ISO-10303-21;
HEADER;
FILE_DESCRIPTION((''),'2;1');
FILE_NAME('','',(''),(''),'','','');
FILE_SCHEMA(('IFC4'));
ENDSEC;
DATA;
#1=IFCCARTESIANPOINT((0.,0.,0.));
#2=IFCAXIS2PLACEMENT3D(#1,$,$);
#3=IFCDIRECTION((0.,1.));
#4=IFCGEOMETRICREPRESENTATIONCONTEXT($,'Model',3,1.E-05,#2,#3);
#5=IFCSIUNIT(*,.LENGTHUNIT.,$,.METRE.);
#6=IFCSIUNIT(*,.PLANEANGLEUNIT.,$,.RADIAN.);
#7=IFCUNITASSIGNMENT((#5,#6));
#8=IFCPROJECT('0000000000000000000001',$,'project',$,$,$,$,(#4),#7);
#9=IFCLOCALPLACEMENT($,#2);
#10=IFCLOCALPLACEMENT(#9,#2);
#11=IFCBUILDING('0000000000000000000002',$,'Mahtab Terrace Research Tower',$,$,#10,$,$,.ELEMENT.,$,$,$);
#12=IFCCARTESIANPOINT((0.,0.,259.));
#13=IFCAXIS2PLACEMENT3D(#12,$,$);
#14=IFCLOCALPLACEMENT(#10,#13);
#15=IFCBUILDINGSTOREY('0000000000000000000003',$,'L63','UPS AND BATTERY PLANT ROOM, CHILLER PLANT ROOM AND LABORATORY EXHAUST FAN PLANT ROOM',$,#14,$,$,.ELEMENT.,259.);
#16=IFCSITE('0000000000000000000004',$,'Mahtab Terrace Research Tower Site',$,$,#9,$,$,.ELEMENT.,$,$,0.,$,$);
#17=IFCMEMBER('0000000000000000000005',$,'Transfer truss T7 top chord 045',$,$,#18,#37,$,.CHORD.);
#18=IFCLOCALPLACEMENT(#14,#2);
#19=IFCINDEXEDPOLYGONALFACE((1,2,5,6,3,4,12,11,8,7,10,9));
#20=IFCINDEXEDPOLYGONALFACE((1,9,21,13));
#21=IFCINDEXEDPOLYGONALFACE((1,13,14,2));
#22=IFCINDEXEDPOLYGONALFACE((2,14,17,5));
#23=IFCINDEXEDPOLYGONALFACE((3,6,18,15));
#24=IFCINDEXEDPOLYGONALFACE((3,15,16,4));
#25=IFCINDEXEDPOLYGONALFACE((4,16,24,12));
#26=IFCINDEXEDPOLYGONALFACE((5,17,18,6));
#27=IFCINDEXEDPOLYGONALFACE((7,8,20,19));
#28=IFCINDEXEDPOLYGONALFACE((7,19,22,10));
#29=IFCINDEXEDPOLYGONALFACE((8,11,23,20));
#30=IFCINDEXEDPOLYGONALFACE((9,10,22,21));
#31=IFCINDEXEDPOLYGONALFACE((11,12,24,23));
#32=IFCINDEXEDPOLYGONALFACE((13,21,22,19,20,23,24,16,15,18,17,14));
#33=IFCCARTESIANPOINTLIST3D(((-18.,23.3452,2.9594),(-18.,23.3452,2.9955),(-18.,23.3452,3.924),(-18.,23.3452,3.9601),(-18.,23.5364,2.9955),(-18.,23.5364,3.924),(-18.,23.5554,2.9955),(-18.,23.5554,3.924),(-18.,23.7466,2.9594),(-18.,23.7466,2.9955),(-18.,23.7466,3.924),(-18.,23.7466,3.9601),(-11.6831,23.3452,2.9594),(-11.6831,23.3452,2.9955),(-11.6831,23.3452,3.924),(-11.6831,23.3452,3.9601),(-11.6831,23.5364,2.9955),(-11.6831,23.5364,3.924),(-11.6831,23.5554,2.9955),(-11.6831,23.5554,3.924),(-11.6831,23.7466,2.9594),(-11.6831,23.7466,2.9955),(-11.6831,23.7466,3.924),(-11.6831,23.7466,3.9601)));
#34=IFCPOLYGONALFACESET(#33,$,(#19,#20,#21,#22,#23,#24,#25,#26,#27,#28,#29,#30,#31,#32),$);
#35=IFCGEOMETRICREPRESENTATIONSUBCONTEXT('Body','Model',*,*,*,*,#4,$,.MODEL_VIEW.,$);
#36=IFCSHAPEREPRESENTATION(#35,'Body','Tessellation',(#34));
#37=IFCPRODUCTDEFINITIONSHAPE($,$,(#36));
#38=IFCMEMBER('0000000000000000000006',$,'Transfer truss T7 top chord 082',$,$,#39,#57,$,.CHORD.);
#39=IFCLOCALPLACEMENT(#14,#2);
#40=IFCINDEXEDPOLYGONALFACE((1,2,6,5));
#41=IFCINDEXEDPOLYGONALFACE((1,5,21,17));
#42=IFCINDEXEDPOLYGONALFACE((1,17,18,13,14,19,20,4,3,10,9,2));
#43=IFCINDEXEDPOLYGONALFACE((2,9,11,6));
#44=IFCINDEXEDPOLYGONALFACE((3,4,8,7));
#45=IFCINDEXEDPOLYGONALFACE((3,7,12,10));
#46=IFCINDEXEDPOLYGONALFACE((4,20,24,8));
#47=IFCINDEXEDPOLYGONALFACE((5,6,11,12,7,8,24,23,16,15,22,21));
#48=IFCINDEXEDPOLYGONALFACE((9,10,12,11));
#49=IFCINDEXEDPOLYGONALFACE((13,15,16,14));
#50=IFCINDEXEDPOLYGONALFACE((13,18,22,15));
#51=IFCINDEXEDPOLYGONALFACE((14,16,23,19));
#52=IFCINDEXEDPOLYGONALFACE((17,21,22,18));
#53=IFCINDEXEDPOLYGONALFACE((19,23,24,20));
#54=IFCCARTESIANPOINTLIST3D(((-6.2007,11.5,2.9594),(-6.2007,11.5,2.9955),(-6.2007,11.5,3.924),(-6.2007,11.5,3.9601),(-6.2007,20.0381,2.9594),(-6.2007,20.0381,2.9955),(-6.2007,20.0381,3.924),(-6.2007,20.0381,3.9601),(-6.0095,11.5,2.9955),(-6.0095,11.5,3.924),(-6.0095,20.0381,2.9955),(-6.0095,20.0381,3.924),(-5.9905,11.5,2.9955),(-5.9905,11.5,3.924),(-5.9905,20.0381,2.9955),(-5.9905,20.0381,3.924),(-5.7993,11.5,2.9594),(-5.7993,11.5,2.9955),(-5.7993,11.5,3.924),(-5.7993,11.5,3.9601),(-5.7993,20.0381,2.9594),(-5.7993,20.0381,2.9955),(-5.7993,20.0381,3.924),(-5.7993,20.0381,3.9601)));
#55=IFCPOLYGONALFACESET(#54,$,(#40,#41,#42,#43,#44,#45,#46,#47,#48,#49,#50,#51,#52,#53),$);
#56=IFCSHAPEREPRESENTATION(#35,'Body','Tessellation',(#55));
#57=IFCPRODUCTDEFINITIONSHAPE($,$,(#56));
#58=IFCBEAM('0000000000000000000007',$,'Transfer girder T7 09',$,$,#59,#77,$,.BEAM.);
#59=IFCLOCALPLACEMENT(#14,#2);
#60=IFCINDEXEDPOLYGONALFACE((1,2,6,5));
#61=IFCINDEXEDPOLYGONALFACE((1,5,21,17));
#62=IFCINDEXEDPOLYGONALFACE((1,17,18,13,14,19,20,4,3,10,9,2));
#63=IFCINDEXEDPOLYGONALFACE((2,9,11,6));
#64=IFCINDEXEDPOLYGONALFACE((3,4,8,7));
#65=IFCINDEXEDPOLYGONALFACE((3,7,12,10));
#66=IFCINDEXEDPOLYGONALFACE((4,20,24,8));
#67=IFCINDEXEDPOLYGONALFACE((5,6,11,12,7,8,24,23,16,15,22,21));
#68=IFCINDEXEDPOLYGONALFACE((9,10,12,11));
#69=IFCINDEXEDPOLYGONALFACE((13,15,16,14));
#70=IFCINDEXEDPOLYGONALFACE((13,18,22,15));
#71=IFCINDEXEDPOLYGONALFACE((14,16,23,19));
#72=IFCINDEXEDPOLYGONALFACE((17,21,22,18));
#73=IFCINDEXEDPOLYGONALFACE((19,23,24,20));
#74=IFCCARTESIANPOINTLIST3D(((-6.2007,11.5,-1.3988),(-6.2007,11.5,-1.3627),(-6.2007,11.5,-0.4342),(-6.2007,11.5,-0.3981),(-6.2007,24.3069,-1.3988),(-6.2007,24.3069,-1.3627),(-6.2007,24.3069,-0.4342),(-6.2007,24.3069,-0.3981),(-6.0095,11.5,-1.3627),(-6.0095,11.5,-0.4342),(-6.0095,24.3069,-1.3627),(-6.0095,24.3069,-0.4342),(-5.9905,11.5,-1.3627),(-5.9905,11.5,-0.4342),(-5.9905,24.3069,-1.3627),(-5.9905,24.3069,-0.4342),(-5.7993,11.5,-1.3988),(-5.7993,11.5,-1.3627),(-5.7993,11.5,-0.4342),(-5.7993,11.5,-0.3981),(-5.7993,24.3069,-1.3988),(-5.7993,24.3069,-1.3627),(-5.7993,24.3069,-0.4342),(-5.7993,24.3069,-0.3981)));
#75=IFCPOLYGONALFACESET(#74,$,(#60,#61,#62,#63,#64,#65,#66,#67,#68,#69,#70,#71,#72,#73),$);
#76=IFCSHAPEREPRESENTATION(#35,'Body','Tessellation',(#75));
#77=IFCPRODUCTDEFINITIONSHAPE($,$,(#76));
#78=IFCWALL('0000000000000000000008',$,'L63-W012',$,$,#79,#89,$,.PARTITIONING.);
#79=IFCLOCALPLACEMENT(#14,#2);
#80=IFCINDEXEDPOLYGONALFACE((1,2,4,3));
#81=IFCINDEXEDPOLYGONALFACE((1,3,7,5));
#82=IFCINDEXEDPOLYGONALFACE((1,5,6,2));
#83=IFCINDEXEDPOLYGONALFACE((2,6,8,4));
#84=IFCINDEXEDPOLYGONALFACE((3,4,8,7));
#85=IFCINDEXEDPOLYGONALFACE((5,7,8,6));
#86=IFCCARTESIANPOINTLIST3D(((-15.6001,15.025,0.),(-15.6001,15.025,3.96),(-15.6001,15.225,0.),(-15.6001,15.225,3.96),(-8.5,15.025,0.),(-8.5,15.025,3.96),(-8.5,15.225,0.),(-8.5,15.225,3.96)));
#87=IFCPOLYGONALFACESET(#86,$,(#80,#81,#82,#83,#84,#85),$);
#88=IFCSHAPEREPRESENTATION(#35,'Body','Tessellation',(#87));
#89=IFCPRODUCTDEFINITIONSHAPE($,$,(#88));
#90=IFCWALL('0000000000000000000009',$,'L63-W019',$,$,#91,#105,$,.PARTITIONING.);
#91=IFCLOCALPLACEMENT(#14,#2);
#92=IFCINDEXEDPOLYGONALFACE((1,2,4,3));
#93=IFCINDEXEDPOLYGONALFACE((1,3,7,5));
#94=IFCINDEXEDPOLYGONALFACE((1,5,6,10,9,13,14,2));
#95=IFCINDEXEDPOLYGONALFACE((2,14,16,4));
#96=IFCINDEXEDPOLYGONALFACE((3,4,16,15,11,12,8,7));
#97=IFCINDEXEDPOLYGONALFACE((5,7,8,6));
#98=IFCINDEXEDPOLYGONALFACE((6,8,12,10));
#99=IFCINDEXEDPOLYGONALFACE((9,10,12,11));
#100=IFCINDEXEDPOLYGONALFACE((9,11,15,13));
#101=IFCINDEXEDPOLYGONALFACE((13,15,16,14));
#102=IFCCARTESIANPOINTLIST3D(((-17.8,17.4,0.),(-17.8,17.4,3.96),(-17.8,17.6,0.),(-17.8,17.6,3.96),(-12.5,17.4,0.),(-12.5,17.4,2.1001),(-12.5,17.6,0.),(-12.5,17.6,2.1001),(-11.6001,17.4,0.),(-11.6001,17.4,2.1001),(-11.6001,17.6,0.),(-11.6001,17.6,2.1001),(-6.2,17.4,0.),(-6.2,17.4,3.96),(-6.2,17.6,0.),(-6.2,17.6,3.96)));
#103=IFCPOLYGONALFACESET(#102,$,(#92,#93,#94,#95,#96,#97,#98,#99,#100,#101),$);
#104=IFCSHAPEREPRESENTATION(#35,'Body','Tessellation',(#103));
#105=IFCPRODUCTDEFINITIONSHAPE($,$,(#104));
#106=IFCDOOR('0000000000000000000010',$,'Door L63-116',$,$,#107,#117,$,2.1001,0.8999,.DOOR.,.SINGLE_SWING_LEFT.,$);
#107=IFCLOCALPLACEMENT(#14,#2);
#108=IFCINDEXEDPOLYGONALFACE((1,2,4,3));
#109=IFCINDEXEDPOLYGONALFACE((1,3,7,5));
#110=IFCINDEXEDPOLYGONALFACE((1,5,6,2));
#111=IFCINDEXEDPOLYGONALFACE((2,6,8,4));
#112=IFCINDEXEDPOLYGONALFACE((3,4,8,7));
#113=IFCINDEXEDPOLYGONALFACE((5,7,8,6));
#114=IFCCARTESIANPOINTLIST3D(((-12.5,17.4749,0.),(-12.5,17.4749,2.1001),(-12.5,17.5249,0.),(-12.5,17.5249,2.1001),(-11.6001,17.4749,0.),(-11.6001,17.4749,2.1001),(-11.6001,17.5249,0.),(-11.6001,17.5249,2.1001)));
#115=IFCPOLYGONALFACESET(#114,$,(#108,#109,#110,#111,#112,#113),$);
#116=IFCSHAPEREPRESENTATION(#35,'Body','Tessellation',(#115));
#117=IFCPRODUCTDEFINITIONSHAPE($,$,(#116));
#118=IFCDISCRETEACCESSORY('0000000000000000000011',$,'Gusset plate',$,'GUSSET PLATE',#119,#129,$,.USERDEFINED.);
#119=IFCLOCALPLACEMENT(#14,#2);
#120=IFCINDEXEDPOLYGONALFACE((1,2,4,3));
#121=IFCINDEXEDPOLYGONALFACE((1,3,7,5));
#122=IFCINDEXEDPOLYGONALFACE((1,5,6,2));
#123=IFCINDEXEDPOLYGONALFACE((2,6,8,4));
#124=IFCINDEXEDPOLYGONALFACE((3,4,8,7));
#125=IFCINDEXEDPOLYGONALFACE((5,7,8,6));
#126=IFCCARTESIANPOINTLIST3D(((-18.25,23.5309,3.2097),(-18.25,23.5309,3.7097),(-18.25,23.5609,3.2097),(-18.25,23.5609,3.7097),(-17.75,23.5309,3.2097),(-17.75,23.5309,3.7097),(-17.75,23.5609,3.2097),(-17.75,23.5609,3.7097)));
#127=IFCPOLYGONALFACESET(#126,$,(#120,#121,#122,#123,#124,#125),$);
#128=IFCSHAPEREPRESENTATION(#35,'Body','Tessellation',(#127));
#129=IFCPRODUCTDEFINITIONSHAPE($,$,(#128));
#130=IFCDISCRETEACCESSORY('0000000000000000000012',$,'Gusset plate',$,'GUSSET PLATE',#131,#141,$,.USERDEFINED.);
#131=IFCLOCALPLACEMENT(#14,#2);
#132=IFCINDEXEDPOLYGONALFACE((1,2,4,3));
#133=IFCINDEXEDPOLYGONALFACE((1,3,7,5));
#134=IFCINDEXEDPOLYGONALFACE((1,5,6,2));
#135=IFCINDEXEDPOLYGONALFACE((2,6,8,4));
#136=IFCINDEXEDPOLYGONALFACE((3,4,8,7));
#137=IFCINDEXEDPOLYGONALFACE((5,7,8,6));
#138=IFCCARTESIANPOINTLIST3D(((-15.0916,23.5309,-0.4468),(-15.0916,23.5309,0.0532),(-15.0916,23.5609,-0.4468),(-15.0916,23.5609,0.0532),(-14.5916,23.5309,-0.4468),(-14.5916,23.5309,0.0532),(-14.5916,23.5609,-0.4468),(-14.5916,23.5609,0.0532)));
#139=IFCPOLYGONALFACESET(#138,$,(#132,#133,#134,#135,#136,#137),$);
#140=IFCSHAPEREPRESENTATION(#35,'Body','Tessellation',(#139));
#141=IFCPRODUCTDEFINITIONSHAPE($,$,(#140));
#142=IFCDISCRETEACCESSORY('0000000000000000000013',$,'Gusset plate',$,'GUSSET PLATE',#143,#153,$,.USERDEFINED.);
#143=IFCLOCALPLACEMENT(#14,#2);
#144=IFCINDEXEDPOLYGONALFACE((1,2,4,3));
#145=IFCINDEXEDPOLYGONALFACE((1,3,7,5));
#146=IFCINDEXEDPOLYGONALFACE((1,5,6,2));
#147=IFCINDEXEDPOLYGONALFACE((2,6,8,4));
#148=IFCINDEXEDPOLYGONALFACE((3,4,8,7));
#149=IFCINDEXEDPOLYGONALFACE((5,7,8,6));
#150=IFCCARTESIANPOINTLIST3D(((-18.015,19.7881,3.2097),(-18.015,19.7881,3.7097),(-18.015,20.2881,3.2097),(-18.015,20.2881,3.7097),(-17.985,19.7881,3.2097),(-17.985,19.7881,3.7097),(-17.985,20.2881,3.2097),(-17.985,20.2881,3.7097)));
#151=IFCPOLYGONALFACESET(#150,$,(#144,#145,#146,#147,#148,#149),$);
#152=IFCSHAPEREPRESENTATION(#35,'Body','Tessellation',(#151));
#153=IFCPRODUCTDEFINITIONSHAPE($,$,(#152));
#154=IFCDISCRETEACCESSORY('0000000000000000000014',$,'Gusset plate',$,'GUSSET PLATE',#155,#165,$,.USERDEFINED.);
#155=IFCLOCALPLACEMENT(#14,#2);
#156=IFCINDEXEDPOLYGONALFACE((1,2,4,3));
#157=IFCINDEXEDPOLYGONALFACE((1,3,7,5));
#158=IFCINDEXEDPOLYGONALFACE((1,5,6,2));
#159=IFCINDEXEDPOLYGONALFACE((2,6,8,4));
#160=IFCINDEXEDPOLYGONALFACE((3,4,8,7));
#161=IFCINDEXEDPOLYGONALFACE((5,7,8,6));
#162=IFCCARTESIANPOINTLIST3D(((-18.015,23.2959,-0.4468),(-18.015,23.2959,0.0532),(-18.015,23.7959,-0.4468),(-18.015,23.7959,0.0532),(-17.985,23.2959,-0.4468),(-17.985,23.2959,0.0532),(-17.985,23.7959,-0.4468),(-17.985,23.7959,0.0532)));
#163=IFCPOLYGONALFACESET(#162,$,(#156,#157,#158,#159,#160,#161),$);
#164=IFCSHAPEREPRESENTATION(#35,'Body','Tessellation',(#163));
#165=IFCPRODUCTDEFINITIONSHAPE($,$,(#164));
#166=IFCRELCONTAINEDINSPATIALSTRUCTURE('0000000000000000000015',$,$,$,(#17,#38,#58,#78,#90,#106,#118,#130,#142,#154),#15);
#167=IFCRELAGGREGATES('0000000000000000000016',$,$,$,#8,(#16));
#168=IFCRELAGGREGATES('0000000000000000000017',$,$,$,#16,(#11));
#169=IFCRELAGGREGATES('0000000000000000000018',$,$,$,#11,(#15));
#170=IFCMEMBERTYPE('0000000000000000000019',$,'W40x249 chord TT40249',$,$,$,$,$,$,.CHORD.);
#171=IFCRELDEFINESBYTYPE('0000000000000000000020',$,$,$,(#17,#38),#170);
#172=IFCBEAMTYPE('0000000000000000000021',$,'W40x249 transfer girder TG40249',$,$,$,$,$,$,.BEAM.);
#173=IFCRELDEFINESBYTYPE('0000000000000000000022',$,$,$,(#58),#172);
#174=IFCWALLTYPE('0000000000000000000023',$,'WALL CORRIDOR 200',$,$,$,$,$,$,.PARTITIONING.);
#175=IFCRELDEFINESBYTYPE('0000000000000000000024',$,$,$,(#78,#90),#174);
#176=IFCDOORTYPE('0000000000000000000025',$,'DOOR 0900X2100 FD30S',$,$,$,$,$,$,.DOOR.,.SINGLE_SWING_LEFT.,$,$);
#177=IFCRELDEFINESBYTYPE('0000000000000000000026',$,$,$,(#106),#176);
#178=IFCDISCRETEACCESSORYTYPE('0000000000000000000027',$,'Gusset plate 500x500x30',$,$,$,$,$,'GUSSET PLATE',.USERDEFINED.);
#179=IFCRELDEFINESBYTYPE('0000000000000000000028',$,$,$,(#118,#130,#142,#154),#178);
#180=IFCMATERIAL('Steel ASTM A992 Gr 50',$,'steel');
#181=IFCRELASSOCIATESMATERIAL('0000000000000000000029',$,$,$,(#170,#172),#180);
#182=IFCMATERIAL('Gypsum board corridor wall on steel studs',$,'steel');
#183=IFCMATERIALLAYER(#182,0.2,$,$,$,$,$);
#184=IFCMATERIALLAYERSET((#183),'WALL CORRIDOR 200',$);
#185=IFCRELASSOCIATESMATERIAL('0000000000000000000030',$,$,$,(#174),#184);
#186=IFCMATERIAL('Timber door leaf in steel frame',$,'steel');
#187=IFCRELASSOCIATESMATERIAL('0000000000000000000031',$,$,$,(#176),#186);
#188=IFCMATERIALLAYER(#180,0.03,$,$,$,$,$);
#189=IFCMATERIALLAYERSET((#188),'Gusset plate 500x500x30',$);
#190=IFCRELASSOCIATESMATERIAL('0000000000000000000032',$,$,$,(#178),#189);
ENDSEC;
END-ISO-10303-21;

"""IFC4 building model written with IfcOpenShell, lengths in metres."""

from ifc_helpers import new_model, si_unit, direction, frame, frame_2d, origin, origin_2d, place, context, subcontext, project, spatial, rectangle, i_section, extrude, material, layer, layer_set, material_profile, profile_set, type_object, element, fill, save


model = new_model("IFC4")

# Units and contexts
model_context = context("Model", 3, precision=1e-05, world=origin(), true_north=direction((0.0, 1.0)))
body_context = subcontext(model_context, "Body", "Model", "MODEL_VIEW")
ifc_project = project(units=[si_unit("LENGTHUNIT", "METRE"), si_unit("PLANEANGLEUNIT", "RADIAN")], contexts=[model_context])

# Site, building, storey
site_placement = place(None, origin())
site = spatial("IfcSite", under=ifc_project, at=site_placement, Name="Mahtab Terrace Research Tower Site", CompositionType="ELEMENT", RefElevation=0.0)
building_placement = place(site_placement, origin())
building = spatial("IfcBuilding", under=site, at=building_placement, Name="Mahtab Terrace Research Tower", CompositionType="ELEMENT")
storey_placement = place(building_placement, frame((0.0, 0.0, 259.0)))
storey = spatial("IfcBuildingStorey", under=building, at=storey_placement, Name="L63", Description="UPS AND BATTERY PLANT ROOM, CHILLER PLANT ROOM AND LABORATORY EXHAUST FAN PLANT ROOM", CompositionType="ELEMENT", Elevation=259.0)

# Members
ifc_material_1 = material(Name="Steel ASTM A992 Gr 50", Category="steel")
ifc_material_profile_1 = material_profile(ifc_material_1, i_section(OverallWidth=0.4014, OverallDepth=1.0007, WebThickness=0.019, FlangeThickness=0.0361, at=origin_2d()), Name="W40X249")
ifc_profile_set_1 = profile_set([ifc_material_profile_1], Name="Steel ASTM A992 Gr 50")
member_type_1 = type_object("IfcMemberType", Name="W40x249 chord TT40249", PredefinedType="CHORD", material=ifc_profile_set_1)
member_1_placement = place(storey_placement, frame((-18.0, 23.5459, 3.4597), z_axis=(1.0, 0.0, 0.0), x_axis=(0.0, 1.0, 0.0)))
element("IfcMember", 1, at=member_1_placement, inside=storey, type_object=member_type_1, Name="Transfer truss T7 top chord 045", PredefinedType="CHORD", context=body_context, shape_type="SweptSolid", body=[
    extrude(i_section(OverallWidth=0.4014, OverallDepth=1.0007, WebThickness=0.019, FlangeThickness=0.0361, at=origin_2d()), origin(), (0.0, 0.0, 1.0), 6.3169),
])
member_2_placement = place(storey_placement, frame((-6.0, 11.5, 3.4597), z_axis=(0.0, 1.0, 0.0), x_axis=(-1.0, 0.0, 0.0)))
element("IfcMember", 2, at=member_2_placement, inside=storey, type_object=member_type_1, Name="Transfer truss T7 top chord 082", PredefinedType="CHORD", context=body_context, shape_type="SweptSolid", body=[
    extrude(i_section(OverallWidth=0.4014, OverallDepth=1.0007, WebThickness=0.019, FlangeThickness=0.0361, at=origin_2d()), origin(), (0.0, 0.0, 1.0), 8.5381),
])

# Beam
ifc_material_profile_2 = material_profile(ifc_material_1, i_section(OverallWidth=0.4014, OverallDepth=1.0007, WebThickness=0.019, FlangeThickness=0.0361, at=origin_2d()), Name="W40X249")
ifc_profile_set_2 = profile_set([ifc_material_profile_2], Name="Steel ASTM A992 Gr 50")
beam_type = type_object("IfcBeamType", Name="W40x249 transfer girder TG40249", PredefinedType="BEAM", material=ifc_profile_set_2)
beam_placement = place(storey_placement, frame((-6.0, 11.5, -0.8984), z_axis=(0.0, 1.0, 0.0), x_axis=(-1.0, 0.0, 0.0)))
element("IfcBeam", 3, at=beam_placement, inside=storey, type_object=beam_type, Name="Transfer girder T7 09", PredefinedType="BEAM", context=body_context, shape_type="SweptSolid", body=[
    extrude(i_section(OverallWidth=0.4014, OverallDepth=1.0007, WebThickness=0.019, FlangeThickness=0.0361, at=origin_2d()), origin(), (0.0, 0.0, 1.0), 12.8069),
])

# Wall
ifc_material_2 = material(Name="Gypsum board corridor wall on steel studs", Category="steel")
ifc_layer_1 = layer(ifc_material_2, 0.2)
ifc_layer_set_1 = layer_set([ifc_layer_1], Name="WALL CORRIDOR 200")
wall_type = type_object("IfcWallType", Name="WALL CORRIDOR 200", PredefinedType="PARTITIONING", material=ifc_layer_set_1)
wall_1_placement = place(storey_placement, frame((-15.6001, 15.125, 0.0), z_axis=(0.0, 0.0, 1.0), x_axis=(1.0, 0.0, 0.0)))
element("IfcWall", 4, at=wall_1_placement, inside=storey, type_object=wall_type, Name="L63-W012", PredefinedType="PARTITIONING", context=body_context, shape_type="SweptSolid", body=[
    extrude(rectangle(XDim=7.1001, YDim=0.2, at=frame_2d((3.55, 0.0))), origin(), (0.0, 0.0, 1.0), 3.96),
])

# Wall, opening, door
wall_2_placement = place(storey_placement, frame((-17.8, 17.5, 0.0), z_axis=(0.0, 0.0, 1.0), x_axis=(1.0, 0.0, 0.0)))
wall_2 = element("IfcWall", 5, at=wall_2_placement, inside=storey, type_object=wall_type, Name="L63-W019", PredefinedType="PARTITIONING", context=body_context, shape_type="SweptSolid", body=[
    extrude(rectangle(XDim=11.6001, YDim=0.2, at=frame_2d((5.8, 0.0))), origin(), (0.0, 0.0, 1.0), 3.96),
])
opening_placement = place(wall_2_placement, frame((5.3, 0.0, 0.0)))
opening = element("IfcOpeningElement", 6, at=opening_placement, cuts=wall_2, PredefinedType="OPENING", context=body_context, shape_type="SweptSolid", body=[
    extrude(rectangle(XDim=0.8999, YDim=2.1001, at=frame_2d((0.45, 1.05))), frame((0.0, 0.1099, 0.0), z_axis=(0.0, -1.0, 0.0), x_axis=(1.0, 0.0, 0.0)), (0.0, 0.0, 1.0), 0.22),
])
ifc_material_3 = material(Name="Timber door leaf in steel frame", Category="steel")
door_type = type_object("IfcDoorType", Name="DOOR 0900X2100 FD30S", OperationType="SINGLE_SWING_LEFT", PredefinedType="DOOR", material=ifc_material_3)
door_placement = place(opening_placement, origin())
door = element("IfcDoor", 7, at=door_placement, inside=storey, type_object=door_type, Name="Door L63-116", OperationType="SINGLE_SWING_LEFT", OverallHeight=2.1001, OverallWidth=0.8999, PredefinedType="DOOR", context=body_context, shape_type="SweptSolid", body=[
    extrude(rectangle(XDim=0.8999, YDim=2.1001, at=frame_2d((0.45, 1.05))), frame((0.0, 0.0249, 0.0), z_axis=(0.0, -1.0, 0.0), x_axis=(1.0, 0.0, 0.0)), (0.0, 0.0, 1.0), 0.05),
])
fill(opening, door)

# Discrete accessories
ifc_layer_2 = layer(ifc_material_1, 0.03)
ifc_layer_set_2 = layer_set([ifc_layer_2], Name="Gusset plate 500x500x30")
discrete_accessory_type = type_object("IfcDiscreteAccessoryType", Name="Gusset plate 500x500x30", ElementType="GUSSET PLATE", PredefinedType="USERDEFINED", material=ifc_layer_set_2)
for number, where, z_axis, x_axis, name in (
    (8, (-18.0, 23.5459, 3.2097), (0.0, 0.0, 1.0), (1.0, 0.0, 0.0), "Gusset plate"),
    (9, (-14.8416, 23.5459, -0.4468), (0.0, 0.0, 1.0), (1.0, 0.0, 0.0), "Gusset plate"),
    (10, (-18.0, 20.0381, 3.2097), (0.0, 0.0, 1.0), (0.0, 1.0, 0.0), "Gusset plate"),
    (11, (-18.0, 23.5459, -0.4468), (0.0, 0.0, 1.0), (0.0, 1.0, 0.0), "Gusset plate"),
):
    element("IfcDiscreteAccessory", number, at=place(storey_placement, frame(where, z_axis=z_axis, x_axis=x_axis)), inside=storey, type_object=discrete_accessory_type, Name=name, ObjectType="GUSSET PLATE", PredefinedType="USERDEFINED", context=body_context, shape_type="SweptSolid", body=[
        extrude(rectangle(XDim=0.5, YDim=0.03, at=origin_2d()), origin(), (0.0, 0.0, 1.0), 0.5),
    ])

save(model, "model.ifc")
